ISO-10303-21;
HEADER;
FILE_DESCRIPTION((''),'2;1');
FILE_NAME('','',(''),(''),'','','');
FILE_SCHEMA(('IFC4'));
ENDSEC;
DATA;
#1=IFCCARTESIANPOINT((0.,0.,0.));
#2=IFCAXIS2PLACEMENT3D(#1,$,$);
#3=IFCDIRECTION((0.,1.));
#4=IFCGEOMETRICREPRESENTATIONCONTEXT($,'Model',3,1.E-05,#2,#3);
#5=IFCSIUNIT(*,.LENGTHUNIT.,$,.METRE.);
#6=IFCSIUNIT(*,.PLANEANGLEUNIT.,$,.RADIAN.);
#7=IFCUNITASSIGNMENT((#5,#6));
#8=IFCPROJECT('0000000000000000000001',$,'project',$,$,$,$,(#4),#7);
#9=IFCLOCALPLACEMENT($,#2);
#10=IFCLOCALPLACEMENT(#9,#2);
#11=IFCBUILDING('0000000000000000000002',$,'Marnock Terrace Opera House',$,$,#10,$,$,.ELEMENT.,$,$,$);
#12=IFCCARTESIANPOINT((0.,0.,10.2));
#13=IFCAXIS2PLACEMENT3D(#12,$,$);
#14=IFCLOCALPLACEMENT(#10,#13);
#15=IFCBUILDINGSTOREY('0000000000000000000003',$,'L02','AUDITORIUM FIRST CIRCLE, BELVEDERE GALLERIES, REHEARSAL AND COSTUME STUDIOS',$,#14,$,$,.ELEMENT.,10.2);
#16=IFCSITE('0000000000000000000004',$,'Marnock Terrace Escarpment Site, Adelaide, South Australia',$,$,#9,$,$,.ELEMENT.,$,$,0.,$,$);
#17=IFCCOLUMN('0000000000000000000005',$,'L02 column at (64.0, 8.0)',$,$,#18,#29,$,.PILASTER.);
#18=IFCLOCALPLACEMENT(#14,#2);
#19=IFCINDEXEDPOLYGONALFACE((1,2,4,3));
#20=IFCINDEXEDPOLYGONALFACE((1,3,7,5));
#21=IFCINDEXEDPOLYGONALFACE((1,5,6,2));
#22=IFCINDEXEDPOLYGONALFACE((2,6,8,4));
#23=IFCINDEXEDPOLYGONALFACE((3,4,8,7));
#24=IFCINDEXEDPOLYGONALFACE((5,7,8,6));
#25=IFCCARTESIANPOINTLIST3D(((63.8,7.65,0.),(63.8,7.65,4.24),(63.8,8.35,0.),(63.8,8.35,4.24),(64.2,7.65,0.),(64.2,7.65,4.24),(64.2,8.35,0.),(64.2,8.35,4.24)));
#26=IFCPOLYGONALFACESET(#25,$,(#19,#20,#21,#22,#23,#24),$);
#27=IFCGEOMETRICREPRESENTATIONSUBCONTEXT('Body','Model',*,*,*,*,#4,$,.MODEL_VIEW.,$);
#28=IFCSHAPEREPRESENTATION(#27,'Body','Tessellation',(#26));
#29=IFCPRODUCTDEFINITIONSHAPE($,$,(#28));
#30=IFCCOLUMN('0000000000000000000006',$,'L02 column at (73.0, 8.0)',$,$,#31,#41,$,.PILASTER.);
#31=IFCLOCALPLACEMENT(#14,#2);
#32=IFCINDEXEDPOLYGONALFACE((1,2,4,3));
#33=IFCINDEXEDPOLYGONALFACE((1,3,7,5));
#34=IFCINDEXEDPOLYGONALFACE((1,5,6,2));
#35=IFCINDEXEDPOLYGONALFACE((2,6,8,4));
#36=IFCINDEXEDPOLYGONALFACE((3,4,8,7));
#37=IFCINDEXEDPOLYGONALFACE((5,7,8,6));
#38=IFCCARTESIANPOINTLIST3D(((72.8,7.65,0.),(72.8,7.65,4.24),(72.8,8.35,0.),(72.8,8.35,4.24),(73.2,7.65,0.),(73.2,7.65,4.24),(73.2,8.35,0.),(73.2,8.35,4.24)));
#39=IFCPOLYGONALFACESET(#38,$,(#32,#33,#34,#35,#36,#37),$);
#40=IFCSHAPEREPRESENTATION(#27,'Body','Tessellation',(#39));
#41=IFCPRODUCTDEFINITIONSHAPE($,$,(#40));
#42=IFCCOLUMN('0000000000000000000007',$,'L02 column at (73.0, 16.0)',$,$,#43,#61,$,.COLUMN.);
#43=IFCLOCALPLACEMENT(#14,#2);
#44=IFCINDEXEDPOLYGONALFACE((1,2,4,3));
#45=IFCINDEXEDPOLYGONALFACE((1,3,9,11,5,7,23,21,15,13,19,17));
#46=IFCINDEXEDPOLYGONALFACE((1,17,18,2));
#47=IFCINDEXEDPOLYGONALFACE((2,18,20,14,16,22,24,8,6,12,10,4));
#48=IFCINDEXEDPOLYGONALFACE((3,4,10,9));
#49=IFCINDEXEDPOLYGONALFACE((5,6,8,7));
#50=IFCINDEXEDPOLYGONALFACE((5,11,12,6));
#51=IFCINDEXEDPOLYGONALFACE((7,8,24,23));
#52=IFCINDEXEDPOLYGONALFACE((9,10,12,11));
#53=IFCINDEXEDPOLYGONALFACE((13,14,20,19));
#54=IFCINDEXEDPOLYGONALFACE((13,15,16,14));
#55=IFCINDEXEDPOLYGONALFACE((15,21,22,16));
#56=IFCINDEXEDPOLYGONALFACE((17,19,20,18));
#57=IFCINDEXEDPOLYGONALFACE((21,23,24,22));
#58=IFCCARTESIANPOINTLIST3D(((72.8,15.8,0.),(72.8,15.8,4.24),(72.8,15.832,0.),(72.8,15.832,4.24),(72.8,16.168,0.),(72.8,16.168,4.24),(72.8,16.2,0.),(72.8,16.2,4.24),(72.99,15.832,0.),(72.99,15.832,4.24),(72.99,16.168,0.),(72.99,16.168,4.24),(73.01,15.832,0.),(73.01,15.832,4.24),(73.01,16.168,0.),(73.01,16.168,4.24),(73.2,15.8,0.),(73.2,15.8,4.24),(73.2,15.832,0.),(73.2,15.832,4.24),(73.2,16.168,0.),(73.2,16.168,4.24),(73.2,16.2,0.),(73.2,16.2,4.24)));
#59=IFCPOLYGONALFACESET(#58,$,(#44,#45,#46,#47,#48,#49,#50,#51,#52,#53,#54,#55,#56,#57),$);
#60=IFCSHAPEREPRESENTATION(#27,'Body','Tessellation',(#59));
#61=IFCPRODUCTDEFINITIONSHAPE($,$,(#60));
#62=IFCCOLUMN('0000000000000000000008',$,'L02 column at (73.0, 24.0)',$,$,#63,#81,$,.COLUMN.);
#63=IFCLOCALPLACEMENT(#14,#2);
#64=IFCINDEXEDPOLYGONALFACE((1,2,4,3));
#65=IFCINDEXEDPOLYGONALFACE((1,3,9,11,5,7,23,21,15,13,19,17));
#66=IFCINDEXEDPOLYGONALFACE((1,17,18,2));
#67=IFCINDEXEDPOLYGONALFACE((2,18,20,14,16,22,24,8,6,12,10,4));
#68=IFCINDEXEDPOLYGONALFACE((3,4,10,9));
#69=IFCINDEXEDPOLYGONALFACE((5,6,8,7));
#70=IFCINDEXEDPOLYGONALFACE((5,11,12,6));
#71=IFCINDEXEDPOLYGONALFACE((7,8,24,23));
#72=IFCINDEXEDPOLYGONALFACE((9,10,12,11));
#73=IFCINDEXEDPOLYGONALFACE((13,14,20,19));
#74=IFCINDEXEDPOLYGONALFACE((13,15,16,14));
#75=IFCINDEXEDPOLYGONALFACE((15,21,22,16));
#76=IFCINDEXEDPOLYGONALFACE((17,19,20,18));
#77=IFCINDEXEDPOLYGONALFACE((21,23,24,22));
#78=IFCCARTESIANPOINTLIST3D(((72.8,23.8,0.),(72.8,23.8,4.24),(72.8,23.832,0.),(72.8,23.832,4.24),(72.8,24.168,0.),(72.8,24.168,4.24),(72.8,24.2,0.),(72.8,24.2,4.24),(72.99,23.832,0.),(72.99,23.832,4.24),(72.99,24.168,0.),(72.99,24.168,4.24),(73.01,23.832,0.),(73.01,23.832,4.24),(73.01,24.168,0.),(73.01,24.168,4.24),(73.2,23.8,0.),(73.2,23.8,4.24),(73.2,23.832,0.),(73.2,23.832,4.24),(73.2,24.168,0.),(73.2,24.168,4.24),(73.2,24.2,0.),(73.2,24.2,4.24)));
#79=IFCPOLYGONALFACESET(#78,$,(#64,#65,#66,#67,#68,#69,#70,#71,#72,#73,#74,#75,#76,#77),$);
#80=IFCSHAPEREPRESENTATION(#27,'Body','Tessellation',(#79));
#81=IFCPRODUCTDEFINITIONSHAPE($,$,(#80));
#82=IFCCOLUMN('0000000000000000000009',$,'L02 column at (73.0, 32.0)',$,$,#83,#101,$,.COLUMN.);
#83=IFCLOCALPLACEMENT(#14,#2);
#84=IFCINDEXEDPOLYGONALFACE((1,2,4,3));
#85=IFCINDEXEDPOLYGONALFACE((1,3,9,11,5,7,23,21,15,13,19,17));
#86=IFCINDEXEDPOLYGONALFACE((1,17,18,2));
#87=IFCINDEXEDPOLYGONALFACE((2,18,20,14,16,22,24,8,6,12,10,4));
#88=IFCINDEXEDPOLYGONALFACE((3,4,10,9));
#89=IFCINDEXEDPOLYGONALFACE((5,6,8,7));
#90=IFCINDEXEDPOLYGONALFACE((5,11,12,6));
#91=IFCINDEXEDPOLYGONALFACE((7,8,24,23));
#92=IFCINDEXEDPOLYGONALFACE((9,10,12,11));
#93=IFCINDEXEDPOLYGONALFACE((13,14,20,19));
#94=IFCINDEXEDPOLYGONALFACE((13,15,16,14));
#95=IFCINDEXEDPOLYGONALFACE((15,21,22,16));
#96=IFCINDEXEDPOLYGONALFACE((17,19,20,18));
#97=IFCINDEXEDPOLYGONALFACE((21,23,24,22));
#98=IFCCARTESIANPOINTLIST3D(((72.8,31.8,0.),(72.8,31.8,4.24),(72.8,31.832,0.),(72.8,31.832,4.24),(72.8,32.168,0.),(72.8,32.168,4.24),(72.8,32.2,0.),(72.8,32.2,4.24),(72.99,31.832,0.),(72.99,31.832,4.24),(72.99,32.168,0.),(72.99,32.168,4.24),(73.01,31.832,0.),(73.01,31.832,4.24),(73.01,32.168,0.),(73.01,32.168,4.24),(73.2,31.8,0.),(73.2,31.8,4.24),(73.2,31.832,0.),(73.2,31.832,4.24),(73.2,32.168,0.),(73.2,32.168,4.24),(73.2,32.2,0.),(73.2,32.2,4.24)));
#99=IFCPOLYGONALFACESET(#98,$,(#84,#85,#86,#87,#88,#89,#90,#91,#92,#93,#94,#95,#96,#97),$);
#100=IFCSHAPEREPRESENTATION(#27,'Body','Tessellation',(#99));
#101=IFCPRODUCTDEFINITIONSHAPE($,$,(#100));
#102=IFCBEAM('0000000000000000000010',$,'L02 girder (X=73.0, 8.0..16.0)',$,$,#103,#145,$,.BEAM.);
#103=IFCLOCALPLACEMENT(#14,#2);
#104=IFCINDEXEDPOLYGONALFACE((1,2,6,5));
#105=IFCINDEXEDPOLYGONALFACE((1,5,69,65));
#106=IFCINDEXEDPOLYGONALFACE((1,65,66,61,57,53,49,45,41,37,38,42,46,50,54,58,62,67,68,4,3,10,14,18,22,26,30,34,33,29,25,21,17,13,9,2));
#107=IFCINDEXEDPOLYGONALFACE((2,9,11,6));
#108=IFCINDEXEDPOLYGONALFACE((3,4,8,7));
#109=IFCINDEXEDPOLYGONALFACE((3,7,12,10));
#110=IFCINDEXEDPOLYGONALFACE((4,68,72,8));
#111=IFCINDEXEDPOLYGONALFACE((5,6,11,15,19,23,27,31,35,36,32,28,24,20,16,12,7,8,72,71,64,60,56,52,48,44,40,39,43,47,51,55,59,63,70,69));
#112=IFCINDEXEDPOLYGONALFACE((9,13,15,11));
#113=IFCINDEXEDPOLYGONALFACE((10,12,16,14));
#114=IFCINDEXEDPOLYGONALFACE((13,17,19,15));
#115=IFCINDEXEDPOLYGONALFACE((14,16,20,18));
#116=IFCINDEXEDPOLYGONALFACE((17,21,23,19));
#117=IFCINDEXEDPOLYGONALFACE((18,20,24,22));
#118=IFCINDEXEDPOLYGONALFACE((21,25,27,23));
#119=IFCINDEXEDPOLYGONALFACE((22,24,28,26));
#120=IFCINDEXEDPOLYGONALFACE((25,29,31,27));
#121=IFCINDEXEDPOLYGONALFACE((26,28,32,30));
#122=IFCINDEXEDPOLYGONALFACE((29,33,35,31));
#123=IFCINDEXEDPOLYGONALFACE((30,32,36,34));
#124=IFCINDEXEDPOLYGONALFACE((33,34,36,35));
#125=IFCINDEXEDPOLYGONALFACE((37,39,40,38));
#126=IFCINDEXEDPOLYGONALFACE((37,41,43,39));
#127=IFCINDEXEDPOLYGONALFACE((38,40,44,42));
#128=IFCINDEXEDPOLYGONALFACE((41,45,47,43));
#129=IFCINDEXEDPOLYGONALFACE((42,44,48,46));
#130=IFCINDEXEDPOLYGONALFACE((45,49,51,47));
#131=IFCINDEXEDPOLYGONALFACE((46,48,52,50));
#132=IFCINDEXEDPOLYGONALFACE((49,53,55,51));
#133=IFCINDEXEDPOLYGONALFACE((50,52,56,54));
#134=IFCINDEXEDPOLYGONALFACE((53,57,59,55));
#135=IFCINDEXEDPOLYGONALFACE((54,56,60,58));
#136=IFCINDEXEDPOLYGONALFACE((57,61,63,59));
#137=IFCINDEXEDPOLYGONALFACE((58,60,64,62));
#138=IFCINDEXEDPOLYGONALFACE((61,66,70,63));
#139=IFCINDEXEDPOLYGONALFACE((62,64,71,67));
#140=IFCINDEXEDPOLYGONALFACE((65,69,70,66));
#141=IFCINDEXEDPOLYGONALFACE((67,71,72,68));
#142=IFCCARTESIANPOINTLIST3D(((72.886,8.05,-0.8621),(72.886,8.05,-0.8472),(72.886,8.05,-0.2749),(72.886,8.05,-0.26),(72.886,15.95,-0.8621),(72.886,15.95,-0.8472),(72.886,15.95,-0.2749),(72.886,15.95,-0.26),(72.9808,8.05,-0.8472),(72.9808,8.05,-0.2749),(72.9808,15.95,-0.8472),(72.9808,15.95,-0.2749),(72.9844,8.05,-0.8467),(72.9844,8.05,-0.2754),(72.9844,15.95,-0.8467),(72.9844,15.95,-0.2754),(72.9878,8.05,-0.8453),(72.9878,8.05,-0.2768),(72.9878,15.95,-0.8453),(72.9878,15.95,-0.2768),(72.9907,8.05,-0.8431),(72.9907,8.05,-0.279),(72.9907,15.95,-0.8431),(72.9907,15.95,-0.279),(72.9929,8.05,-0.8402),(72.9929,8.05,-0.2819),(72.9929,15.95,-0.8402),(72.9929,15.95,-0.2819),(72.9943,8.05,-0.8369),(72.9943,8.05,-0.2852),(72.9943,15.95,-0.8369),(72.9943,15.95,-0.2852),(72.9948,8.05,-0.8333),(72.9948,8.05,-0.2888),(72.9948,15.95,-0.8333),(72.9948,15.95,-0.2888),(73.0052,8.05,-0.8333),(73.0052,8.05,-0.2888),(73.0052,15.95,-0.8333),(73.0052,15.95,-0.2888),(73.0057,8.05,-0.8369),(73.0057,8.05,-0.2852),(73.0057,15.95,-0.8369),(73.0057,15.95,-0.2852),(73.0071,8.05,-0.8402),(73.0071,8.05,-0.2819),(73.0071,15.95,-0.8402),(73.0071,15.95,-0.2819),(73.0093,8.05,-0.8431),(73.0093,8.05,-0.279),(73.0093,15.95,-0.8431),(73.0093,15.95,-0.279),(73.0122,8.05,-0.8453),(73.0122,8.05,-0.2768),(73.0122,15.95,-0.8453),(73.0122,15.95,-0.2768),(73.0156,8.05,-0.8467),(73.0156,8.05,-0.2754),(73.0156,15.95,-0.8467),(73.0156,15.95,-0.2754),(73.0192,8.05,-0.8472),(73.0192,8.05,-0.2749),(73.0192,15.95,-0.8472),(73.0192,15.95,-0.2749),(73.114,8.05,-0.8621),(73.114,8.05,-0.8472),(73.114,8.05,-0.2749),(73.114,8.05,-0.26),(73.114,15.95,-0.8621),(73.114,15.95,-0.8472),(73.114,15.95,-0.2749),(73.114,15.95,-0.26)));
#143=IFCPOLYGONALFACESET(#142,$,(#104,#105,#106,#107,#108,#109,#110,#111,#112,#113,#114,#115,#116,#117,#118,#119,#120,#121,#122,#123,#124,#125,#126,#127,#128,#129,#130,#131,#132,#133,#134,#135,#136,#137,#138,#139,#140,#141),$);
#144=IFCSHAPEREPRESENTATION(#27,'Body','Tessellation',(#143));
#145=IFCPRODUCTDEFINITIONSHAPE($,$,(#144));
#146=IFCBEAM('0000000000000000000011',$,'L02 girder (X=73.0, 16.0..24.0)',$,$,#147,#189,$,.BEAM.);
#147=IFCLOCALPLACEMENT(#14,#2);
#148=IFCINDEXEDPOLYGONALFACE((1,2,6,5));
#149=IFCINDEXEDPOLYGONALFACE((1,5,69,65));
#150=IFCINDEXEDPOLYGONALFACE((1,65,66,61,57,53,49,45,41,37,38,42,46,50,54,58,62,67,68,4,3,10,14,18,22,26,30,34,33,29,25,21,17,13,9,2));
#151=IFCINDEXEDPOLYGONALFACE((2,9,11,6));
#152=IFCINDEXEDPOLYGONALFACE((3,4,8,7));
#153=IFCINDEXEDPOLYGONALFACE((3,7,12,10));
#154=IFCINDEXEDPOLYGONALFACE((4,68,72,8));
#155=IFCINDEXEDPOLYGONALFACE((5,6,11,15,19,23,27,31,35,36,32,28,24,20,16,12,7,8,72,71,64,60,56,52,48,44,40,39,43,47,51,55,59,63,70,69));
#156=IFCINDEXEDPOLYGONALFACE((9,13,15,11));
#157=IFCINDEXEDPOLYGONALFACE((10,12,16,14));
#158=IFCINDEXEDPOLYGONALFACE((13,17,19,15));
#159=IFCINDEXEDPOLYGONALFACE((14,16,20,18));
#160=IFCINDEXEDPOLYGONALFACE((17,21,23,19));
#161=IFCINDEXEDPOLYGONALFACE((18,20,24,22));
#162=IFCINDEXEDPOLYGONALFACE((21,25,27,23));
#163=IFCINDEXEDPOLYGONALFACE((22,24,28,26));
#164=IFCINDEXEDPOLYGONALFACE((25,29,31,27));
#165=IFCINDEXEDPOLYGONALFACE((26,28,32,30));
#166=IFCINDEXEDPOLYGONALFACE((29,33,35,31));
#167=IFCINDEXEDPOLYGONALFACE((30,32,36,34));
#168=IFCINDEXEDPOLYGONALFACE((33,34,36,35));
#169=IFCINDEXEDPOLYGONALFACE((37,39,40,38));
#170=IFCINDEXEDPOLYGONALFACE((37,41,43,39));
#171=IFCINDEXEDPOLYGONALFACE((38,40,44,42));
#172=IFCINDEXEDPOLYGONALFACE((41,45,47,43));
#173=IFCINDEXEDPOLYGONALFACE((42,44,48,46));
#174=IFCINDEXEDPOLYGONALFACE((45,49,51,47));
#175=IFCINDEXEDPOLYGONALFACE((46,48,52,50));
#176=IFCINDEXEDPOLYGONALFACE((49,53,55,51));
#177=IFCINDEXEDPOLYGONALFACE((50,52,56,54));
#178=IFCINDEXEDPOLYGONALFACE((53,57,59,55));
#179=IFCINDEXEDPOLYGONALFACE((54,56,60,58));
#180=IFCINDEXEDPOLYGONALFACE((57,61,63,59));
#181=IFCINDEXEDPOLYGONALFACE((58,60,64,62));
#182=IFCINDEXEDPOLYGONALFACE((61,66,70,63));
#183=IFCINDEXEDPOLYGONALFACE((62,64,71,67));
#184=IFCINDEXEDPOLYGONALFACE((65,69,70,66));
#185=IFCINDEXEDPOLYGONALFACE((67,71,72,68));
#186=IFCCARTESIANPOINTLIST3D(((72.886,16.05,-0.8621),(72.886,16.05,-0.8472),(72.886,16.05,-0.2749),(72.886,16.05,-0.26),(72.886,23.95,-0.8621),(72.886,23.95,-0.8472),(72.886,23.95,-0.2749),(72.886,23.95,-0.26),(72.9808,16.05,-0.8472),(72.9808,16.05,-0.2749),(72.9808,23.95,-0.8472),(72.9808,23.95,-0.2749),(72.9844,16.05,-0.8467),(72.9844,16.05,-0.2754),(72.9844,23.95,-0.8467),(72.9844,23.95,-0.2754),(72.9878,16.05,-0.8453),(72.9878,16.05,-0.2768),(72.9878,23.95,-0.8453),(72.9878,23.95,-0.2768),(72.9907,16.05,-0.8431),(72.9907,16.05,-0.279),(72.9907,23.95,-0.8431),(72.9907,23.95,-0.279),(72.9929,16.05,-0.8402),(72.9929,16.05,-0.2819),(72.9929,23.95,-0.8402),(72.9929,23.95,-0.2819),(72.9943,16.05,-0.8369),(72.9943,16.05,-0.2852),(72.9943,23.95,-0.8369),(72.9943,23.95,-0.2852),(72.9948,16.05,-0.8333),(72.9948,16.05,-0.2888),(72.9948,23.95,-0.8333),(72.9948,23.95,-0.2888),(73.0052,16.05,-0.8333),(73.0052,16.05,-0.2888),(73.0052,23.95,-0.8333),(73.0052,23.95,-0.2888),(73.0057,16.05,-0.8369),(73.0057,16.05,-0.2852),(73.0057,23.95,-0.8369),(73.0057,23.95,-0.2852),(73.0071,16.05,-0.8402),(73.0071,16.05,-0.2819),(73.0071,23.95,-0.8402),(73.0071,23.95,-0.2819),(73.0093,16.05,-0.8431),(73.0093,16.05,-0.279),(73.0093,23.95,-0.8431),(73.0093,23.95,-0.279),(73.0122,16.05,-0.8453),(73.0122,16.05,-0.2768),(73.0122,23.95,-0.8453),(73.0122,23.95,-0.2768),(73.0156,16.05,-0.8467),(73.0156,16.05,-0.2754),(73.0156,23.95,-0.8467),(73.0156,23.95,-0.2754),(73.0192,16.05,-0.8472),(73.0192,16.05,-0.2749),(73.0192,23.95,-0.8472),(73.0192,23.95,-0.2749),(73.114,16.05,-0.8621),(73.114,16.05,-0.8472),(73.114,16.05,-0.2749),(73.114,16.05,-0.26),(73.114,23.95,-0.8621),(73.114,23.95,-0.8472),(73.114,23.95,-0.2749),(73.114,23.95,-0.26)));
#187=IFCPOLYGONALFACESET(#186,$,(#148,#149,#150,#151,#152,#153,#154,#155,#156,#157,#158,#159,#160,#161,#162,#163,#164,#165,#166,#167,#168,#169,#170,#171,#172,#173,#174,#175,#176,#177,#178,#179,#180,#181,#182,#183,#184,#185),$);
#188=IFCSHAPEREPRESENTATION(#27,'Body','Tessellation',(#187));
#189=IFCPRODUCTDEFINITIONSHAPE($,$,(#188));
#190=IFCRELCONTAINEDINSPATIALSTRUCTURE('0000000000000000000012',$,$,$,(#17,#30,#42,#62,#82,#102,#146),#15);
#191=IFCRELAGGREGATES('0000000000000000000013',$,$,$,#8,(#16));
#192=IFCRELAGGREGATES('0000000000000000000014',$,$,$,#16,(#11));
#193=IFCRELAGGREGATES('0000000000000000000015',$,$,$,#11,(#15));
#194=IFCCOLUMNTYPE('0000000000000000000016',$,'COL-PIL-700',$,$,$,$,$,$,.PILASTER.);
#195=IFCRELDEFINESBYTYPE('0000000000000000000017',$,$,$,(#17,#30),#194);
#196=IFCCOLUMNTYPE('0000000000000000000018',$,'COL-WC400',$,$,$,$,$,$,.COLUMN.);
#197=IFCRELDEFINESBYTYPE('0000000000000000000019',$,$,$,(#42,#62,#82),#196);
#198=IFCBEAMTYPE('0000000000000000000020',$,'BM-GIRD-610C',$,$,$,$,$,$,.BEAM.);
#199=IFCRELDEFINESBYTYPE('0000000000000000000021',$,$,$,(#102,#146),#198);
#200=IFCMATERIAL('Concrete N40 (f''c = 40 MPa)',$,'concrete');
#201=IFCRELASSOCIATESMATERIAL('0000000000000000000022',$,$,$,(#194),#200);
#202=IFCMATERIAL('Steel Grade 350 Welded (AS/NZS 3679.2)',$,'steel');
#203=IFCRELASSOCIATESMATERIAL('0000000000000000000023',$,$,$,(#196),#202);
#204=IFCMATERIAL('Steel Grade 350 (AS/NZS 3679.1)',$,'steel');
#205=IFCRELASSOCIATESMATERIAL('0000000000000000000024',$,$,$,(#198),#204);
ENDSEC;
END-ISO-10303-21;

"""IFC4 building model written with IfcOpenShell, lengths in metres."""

from ifc_helpers import new_model, si_unit, direction, frame, origin, origin_2d, place, context, subcontext, project, spatial, rectangle, i_section, extrude, material, material_profile, profile_set, type_object, element, save


model = new_model("IFC4")

# Units and contexts
model_context = context("Model", 3, precision=1e-05, world=origin(), true_north=direction((0.0, 1.0)))
body_context = subcontext(model_context, "Body", "Model", "MODEL_VIEW")
ifc_project = project(units=[si_unit("LENGTHUNIT", "METRE"), si_unit("PLANEANGLEUNIT", "RADIAN")], contexts=[model_context])

# Site, building, storey
site_placement = place(None, origin())
site = spatial("IfcSite", under=ifc_project, at=site_placement, Name="Marnock Terrace Escarpment Site, Adelaide, South Australia", CompositionType="ELEMENT", RefElevation=0.0)
building_placement = place(site_placement, origin())
building = spatial("IfcBuilding", under=site, at=building_placement, Name="Marnock Terrace Opera House", CompositionType="ELEMENT")
storey_placement = place(building_placement, frame((0.0, 0.0, 10.2)))
storey = spatial("IfcBuildingStorey", under=building, at=storey_placement, Name="L02", Description="AUDITORIUM FIRST CIRCLE, BELVEDERE GALLERIES, REHEARSAL AND COSTUME STUDIOS", CompositionType="ELEMENT", Elevation=10.2)

# Columns
ifc_material_1 = material(Name="Concrete N40 (f'c = 40 MPa)", Category="concrete")
ifc_material_profile_1 = material_profile(ifc_material_1, rectangle(XDim=0.3999, YDim=0.7, at=origin_2d()))
ifc_profile_set_1 = profile_set([ifc_material_profile_1], Name="Concrete N40 (f'c = 40 MPa)")
column_type_1 = type_object("IfcColumnType", Name="COL-PIL-700", PredefinedType="PILASTER", material=ifc_profile_set_1)
for number, where, z_axis, x_axis, name in (
    (1, (64.0, 8.0, 0.0), (0.0, 0.0, 1.0), (1.0, 0.0, 0.0), "L02 column at (64.0, 8.0)"),
    (2, (73.0, 8.0, 0.0), (0.0, 0.0, 1.0), (1.0, 0.0, 0.0), "L02 column at (73.0, 8.0)"),
):
    element("IfcColumn", number, at=place(storey_placement, frame(where, z_axis=z_axis, x_axis=x_axis)), inside=storey, type_object=column_type_1, Name=name, PredefinedType="PILASTER", context=body_context, shape_type="SweptSolid", body=[
        extrude(rectangle(XDim=0.3999, YDim=0.7, at=origin_2d()), origin(), (0.0, 0.0, 1.0), 4.24),
    ])
ifc_material_2 = material(Name="Steel Grade 350 Welded (AS/NZS 3679.2)", Category="steel")
ifc_material_profile_2 = material_profile(ifc_material_2, i_section(OverallWidth=0.3999, OverallDepth=0.3999, WebThickness=0.02, FlangeThickness=0.032, at=origin_2d()))
ifc_profile_set_2 = profile_set([ifc_material_profile_2], Name="Steel Grade 350 Welded (AS/NZS 3679.2)")
column_type_2 = type_object("IfcColumnType", Name="COL-WC400", PredefinedType="COLUMN", material=ifc_profile_set_2)
for number, where, z_axis, x_axis, name in (
    (3, (73.0, 16.0, 0.0), (0.0, 0.0, 1.0), (1.0, 0.0, 0.0), "L02 column at (73.0, 16.0)"),
    (4, (73.0, 24.0, 0.0), (0.0, 0.0, 1.0), (1.0, 0.0, 0.0), "L02 column at (73.0, 24.0)"),
    (5, (73.0, 32.0, 0.0), (0.0, 0.0, 1.0), (1.0, 0.0, 0.0), "L02 column at (73.0, 32.0)"),
):
    element("IfcColumn", number, at=place(storey_placement, frame(where, z_axis=z_axis, x_axis=x_axis)), inside=storey, type_object=column_type_2, Name=name, PredefinedType="COLUMN", context=body_context, shape_type="SweptSolid", body=[
        extrude(i_section(OverallWidth=0.3999, OverallDepth=0.3999, WebThickness=0.02, FlangeThickness=0.032, at=origin_2d()), origin(), (0.0, 0.0, 1.0), 4.24),
    ])

# Beams
ifc_material_3 = material(Name="Steel Grade 350 (AS/NZS 3679.1)", Category="steel")
ifc_material_profile_3 = material_profile(ifc_material_3, i_section(OverallWidth=0.228, OverallDepth=0.6021, WebThickness=0.0105, FlangeThickness=0.0149, FilletRadius=0.0139, at=origin_2d()))
ifc_profile_set_3 = profile_set([ifc_material_profile_3], Name="Steel Grade 350 (AS/NZS 3679.1)")
beam_type_1 = type_object("IfcBeamType", Name="BM-GIRD-610C", PredefinedType="BEAM", material=ifc_profile_set_3)
for number, where, z_axis, x_axis, name in (
    (6, (73.0, 8.05, -0.561), (0.0, 1.0, 0.0), (-1.0, 0.0, 0.0), "L02 girder (X=73.0, 8.0..16.0)"),
    (7, (73.0, 16.05, -0.561), (0.0, 1.0, 0.0), (-1.0, 0.0, 0.0), "L02 girder (X=73.0, 16.0..24.0)"),
):
    element("IfcBeam", number, at=place(storey_placement, frame(where, z_axis=z_axis, x_axis=x_axis)), inside=storey, type_object=beam_type_1, Name=name, PredefinedType="BEAM", context=body_context, shape_type="SweptSolid", body=[
        extrude(i_section(OverallWidth=0.228, OverallDepth=0.6021, WebThickness=0.0105, FlangeThickness=0.0149, FilletRadius=0.0139, at=origin_2d()), origin(), (0.0, 0.0, 1.0), 7.8999),
    ])

save(model, "model.ifc")
